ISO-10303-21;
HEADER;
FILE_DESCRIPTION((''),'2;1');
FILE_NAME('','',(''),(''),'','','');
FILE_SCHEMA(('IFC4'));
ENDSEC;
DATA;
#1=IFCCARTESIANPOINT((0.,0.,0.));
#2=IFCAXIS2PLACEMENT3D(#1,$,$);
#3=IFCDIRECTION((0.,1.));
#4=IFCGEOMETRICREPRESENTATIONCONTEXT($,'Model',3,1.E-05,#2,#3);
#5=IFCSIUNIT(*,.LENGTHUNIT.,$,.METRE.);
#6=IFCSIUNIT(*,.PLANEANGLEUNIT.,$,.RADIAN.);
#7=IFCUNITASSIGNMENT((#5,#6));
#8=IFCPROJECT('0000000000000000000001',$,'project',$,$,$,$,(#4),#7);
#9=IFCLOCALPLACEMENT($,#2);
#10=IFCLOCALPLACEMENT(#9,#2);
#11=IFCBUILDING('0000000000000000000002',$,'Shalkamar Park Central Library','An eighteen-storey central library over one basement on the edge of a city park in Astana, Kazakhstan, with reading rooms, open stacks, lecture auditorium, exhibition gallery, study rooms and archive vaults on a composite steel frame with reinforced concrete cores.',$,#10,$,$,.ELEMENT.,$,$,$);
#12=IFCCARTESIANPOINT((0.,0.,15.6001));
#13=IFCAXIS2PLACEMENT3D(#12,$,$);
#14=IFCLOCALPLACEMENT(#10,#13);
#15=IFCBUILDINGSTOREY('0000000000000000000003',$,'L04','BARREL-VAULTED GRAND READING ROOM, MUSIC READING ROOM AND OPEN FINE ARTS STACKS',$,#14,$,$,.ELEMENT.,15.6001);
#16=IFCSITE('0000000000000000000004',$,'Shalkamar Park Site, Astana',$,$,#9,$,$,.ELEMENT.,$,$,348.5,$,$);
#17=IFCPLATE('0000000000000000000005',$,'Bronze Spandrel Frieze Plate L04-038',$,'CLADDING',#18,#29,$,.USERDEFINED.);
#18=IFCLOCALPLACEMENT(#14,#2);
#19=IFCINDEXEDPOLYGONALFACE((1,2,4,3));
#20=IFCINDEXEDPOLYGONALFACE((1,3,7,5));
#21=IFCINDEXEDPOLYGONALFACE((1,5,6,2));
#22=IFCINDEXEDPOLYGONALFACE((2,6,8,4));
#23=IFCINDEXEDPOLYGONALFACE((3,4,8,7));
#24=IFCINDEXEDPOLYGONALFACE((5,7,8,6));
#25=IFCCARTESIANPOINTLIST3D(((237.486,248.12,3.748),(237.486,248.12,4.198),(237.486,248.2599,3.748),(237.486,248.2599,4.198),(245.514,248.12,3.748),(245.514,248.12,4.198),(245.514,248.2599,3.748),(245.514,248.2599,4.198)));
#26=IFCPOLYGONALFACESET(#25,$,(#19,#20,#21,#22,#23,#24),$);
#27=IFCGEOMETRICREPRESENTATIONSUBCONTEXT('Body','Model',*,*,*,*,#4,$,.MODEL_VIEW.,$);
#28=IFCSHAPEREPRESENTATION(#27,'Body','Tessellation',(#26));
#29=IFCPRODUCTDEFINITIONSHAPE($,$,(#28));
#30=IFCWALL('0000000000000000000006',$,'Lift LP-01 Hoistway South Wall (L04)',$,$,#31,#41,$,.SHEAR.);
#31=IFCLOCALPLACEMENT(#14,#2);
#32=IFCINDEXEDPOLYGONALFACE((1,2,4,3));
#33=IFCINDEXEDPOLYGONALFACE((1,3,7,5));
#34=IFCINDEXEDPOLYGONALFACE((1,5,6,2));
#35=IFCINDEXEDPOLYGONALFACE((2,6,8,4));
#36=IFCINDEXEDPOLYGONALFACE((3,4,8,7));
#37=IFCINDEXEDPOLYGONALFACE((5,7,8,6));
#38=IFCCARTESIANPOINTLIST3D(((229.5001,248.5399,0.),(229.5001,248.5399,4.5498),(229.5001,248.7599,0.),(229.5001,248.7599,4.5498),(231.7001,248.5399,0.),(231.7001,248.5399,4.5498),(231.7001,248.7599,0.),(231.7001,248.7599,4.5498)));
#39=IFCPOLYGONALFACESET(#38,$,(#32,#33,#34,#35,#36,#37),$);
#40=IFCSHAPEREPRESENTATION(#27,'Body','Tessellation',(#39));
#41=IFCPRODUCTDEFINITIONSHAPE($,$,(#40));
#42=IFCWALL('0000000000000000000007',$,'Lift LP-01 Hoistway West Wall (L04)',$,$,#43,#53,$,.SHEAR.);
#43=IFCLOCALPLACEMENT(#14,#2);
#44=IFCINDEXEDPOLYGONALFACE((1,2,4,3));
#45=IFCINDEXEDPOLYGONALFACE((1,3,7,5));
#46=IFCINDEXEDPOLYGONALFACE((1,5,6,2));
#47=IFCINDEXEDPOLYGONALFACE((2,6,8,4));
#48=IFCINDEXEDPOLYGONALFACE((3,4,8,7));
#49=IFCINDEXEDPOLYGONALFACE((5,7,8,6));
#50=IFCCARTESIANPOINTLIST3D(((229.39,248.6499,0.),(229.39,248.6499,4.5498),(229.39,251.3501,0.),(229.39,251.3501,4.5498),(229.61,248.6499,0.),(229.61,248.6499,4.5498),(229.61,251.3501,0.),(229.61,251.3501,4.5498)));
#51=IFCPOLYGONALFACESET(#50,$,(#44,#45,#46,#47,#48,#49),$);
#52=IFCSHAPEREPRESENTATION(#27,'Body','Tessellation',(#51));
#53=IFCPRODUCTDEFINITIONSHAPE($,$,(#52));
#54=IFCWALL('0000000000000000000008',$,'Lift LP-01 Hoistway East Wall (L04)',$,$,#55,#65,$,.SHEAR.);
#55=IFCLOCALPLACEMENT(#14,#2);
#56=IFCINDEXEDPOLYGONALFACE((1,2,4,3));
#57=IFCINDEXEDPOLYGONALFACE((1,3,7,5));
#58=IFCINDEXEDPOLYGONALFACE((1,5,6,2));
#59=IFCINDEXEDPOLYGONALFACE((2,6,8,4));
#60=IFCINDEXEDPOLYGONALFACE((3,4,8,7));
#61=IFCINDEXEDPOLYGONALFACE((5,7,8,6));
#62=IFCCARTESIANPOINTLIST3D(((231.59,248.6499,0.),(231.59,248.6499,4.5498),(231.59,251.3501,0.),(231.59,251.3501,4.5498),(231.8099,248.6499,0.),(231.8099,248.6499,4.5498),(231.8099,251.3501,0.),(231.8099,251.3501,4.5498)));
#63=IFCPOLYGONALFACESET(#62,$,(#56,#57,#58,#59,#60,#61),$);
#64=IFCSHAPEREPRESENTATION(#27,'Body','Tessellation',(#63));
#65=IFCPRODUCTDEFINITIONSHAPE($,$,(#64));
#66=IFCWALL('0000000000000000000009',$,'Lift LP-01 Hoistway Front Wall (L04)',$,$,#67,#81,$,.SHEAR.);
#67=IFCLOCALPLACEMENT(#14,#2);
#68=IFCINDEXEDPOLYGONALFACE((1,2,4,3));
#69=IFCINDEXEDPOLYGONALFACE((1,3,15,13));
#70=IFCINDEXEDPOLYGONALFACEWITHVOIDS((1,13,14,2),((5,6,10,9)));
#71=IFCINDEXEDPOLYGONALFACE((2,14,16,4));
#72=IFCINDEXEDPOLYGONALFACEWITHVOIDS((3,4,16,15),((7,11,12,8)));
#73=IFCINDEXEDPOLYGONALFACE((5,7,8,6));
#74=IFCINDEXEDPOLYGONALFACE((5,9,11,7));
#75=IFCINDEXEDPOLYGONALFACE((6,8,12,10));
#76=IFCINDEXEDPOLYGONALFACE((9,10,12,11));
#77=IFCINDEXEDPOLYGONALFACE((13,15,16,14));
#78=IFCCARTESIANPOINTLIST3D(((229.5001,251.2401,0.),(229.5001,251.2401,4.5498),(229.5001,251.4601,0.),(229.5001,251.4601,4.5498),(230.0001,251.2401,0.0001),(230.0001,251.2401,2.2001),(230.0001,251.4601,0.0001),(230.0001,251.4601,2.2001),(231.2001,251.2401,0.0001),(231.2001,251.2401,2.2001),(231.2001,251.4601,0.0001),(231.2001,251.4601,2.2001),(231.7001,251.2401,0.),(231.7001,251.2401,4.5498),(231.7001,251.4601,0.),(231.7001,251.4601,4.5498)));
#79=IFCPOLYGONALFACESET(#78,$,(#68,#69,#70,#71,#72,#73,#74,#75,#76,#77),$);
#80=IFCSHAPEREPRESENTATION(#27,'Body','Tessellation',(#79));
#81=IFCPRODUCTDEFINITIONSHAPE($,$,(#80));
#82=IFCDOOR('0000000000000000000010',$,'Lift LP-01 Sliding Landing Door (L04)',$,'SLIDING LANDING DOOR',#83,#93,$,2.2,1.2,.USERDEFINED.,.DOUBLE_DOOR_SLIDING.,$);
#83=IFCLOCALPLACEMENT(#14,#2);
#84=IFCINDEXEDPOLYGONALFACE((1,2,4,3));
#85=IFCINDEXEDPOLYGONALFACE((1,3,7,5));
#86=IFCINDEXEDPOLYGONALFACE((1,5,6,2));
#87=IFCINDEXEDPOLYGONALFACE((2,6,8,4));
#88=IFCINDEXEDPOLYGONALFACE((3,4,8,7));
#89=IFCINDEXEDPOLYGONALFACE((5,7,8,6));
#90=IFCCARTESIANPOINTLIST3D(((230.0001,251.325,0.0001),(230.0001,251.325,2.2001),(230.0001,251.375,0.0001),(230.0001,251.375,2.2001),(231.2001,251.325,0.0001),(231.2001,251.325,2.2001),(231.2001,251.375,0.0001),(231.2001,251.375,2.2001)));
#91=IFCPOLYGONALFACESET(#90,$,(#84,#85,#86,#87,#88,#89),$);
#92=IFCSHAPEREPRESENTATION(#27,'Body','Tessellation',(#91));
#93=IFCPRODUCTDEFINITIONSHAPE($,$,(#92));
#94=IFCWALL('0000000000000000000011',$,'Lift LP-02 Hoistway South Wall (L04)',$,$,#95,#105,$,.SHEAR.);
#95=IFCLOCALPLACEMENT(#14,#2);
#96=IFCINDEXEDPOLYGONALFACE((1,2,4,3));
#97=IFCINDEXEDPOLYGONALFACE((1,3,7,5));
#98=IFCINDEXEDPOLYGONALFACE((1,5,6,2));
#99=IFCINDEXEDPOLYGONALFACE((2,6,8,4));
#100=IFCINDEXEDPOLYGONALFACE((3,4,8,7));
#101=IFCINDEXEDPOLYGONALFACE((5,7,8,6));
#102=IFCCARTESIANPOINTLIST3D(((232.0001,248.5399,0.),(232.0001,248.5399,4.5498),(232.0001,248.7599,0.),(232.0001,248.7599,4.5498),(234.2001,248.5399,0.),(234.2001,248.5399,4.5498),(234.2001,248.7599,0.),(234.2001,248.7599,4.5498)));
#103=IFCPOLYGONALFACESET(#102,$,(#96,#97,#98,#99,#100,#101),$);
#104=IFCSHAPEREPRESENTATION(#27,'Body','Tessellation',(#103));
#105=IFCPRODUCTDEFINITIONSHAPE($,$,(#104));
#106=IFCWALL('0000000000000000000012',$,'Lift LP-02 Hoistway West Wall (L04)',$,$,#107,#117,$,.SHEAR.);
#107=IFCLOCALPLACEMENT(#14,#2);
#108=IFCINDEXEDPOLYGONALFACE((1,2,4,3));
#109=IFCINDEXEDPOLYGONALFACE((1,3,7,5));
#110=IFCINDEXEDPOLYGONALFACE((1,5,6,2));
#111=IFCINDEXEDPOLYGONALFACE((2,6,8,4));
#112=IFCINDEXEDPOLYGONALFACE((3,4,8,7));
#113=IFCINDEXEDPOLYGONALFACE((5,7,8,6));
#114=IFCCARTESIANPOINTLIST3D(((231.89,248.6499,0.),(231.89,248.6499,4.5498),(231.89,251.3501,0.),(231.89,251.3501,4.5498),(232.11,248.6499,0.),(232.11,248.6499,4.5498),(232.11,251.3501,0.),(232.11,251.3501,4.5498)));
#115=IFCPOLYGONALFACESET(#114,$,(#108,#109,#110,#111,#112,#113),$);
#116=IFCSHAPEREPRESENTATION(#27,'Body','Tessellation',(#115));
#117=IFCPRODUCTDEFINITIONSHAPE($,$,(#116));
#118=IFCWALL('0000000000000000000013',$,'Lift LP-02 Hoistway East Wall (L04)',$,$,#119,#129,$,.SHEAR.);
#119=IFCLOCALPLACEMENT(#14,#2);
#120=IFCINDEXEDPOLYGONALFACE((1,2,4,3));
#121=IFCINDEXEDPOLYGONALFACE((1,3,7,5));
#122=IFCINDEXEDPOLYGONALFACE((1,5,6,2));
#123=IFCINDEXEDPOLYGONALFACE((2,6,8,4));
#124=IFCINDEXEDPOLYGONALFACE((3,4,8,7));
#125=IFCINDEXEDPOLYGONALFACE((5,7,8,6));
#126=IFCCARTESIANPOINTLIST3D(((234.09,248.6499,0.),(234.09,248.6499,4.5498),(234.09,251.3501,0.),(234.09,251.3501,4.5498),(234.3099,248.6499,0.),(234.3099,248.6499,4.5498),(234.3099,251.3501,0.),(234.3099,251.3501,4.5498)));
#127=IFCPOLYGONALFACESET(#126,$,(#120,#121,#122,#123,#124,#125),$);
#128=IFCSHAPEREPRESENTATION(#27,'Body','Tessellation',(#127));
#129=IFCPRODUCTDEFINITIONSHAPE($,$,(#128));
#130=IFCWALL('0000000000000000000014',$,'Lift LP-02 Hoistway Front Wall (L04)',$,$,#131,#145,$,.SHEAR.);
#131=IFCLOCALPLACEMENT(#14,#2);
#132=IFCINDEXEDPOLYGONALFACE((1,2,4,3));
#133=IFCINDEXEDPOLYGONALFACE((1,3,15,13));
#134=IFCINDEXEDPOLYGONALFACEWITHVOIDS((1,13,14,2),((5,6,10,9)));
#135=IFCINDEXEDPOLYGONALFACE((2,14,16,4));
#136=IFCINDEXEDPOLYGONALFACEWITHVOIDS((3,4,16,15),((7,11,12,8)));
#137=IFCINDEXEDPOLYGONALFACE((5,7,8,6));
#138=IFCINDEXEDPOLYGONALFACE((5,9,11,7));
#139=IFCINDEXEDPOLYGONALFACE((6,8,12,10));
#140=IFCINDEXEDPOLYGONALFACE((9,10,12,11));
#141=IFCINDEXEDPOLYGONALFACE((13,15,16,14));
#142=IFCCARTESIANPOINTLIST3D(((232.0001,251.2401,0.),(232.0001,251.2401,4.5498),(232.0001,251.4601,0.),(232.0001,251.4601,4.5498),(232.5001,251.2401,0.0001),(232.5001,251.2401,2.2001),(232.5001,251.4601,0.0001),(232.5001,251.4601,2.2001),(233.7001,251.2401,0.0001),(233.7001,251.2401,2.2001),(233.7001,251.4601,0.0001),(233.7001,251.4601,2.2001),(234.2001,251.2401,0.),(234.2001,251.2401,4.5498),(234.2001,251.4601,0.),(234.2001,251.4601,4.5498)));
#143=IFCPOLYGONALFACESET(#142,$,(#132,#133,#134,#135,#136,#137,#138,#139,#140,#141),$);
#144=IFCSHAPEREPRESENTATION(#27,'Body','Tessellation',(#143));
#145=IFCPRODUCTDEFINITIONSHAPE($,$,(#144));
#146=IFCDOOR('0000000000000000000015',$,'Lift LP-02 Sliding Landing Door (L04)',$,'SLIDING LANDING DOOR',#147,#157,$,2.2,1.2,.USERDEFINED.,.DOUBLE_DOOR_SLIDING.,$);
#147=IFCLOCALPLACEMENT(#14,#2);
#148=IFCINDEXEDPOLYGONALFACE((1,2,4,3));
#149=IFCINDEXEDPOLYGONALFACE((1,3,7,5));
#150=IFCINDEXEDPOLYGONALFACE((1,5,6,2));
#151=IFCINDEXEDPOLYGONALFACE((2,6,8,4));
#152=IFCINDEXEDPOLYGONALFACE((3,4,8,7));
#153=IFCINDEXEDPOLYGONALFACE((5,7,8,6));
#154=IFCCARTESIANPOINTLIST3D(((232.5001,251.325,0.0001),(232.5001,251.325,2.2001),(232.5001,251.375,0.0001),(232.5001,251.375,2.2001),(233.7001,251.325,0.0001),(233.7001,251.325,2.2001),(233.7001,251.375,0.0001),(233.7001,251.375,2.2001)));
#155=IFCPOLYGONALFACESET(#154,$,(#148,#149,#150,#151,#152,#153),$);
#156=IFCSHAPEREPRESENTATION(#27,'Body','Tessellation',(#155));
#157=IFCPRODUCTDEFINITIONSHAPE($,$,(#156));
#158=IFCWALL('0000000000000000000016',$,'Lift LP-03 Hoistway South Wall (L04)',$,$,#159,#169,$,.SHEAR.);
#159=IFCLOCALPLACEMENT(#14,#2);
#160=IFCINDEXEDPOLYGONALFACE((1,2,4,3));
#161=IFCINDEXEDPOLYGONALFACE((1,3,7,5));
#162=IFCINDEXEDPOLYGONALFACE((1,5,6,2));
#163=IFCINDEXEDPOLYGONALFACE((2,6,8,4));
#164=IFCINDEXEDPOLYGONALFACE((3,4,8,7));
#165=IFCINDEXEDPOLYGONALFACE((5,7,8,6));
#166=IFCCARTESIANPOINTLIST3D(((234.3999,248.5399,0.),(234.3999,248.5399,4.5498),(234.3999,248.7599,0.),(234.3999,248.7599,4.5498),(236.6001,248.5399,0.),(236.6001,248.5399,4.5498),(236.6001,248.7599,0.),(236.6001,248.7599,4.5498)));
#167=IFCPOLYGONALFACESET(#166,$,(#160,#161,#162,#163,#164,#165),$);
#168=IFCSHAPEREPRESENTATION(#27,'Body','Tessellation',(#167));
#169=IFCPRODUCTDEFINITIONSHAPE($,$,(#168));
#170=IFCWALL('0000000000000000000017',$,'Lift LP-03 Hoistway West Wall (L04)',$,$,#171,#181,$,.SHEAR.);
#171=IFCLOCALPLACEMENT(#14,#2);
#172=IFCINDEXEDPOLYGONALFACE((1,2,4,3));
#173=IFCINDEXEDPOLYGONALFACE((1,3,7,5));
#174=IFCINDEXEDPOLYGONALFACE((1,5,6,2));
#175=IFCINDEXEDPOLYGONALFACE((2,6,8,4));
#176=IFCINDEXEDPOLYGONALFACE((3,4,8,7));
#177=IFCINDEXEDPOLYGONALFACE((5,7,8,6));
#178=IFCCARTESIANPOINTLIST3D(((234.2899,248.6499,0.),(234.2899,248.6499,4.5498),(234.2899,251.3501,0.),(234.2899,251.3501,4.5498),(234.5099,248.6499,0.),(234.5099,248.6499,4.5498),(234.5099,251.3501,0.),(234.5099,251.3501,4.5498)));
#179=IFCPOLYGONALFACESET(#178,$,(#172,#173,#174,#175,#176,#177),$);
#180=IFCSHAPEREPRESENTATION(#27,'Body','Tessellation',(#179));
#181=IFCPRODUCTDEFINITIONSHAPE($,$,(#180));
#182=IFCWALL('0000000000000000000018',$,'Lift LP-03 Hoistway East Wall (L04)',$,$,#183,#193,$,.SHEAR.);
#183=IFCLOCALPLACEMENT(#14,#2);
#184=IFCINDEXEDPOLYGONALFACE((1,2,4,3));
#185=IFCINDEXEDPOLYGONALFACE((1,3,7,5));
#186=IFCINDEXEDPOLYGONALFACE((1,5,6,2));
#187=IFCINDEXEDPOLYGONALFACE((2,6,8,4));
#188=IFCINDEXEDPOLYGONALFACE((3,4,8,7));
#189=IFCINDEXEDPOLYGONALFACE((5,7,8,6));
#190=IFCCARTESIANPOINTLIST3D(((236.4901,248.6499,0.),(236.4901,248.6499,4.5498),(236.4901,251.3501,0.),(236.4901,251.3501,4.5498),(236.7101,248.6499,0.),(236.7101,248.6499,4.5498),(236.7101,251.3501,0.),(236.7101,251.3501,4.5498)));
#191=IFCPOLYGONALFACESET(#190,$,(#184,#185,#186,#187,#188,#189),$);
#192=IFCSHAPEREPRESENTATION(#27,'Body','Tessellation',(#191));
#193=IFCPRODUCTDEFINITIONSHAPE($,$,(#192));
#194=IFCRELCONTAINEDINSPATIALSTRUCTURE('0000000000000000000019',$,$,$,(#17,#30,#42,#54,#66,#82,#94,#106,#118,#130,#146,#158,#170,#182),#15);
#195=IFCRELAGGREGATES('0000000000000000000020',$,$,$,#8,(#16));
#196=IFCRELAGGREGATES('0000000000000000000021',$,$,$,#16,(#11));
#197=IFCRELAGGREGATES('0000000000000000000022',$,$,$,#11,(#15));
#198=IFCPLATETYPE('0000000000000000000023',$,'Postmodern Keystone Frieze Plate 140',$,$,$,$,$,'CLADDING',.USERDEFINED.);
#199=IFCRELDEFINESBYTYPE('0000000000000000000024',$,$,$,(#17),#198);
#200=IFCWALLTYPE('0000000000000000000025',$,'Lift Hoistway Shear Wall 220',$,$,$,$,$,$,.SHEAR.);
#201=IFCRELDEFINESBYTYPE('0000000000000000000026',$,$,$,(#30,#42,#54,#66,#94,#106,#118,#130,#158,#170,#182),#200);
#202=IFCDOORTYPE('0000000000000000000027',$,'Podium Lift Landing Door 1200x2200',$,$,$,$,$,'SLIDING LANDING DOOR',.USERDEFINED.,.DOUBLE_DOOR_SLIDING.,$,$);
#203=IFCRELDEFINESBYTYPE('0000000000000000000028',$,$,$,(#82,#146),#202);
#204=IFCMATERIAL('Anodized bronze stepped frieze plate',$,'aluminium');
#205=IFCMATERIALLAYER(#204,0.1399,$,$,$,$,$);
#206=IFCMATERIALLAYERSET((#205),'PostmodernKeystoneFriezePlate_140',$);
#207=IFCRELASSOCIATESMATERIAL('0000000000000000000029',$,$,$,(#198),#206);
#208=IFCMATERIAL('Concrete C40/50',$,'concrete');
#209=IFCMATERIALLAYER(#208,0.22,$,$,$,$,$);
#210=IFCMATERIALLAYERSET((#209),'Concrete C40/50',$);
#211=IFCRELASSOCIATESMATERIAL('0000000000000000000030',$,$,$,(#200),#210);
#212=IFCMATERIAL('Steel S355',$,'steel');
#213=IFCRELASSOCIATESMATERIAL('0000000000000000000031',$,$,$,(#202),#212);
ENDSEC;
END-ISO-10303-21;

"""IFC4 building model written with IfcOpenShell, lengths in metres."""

from ifc_helpers import new_model, si_unit, direction, frame, frame_2d, origin, origin_2d, place, context, subcontext, project, spatial, rectangle, extrude, material, layer, layer_set, type_object, element, fill, save


model = new_model("IFC4")

# Units and contexts
model_context = context("Model", 3, precision=1e-05, world=origin(), true_north=direction((0.0, 1.0)))
body_context = subcontext(model_context, "Body", "Model", "MODEL_VIEW")
ifc_project = project(units=[si_unit("LENGTHUNIT", "METRE"), si_unit("PLANEANGLEUNIT", "RADIAN")], contexts=[model_context])

# Site, building, storey
site_placement = place(None, origin())
site = spatial("IfcSite", under=ifc_project, at=site_placement, Name="Shalkamar Park Site, Astana", CompositionType="ELEMENT", RefElevation=348.5)
building_placement = place(site_placement, origin())
building = spatial("IfcBuilding", under=site, at=building_placement, Name="Shalkamar Park Central Library", Description="An eighteen-storey central library over one basement on the edge of a city park in Astana, Kazakhstan, with reading rooms, open stacks, lecture auditorium, exhibition gallery, study rooms and archive vaults on a composite steel frame with reinforced concrete cores.", CompositionType="ELEMENT")
storey_placement = place(building_placement, frame((0.0, 0.0, 15.6001)))
storey = spatial("IfcBuildingStorey", under=building, at=storey_placement, Name="L04", Description="BARREL-VAULTED GRAND READING ROOM, MUSIC READING ROOM AND OPEN FINE ARTS STACKS", CompositionType="ELEMENT", Elevation=15.6001)

# Shared definitions
ifc_material_1 = material(Name="Steel S355", Category="steel")

# Plate
ifc_material_2 = material(Name="Anodized bronze stepped frieze plate", Category="aluminium")
ifc_layer_1 = layer(ifc_material_2, 0.1399)
ifc_layer_set_1 = layer_set([ifc_layer_1], Name="PostmodernKeystoneFriezePlate_140")
plate_type = type_object("IfcPlateType", Name="Postmodern Keystone Frieze Plate 140", ElementType="CLADDING", PredefinedType="USERDEFINED", material=ifc_layer_set_1)
plate_placement = place(storey_placement, frame((241.5, 248.1899, 3.748), z_axis=(0.0, 0.0, 1.0), x_axis=(1.0, 0.0, 0.0)))
element("IfcPlate", 1, at=plate_placement, inside=storey, type_object=plate_type, Name="Bronze Spandrel Frieze Plate L04-038", ObjectType="CLADDING", PredefinedType="USERDEFINED", context=body_context, shape_type="SweptSolid", body=[
    extrude(rectangle(XDim=8.0281, YDim=0.1399, at=origin_2d()), origin(), (0.0, 0.0, 1.0), 0.45),
])

# Walls
ifc_material_3 = material(Name="Concrete C40/50", Category="concrete")
ifc_layer_2 = layer(ifc_material_3, 0.22)
ifc_layer_set_2 = layer_set([ifc_layer_2], Name="Concrete C40/50")
wall_type_1 = type_object("IfcWallType", Name="Lift Hoistway Shear Wall 220", PredefinedType="SHEAR", material=ifc_layer_set_2)
wall_1_placement = place(storey_placement, frame((229.5, 248.6499, 0.0), z_axis=(0.0, 0.0, 1.0), x_axis=(1.0, 0.0, 0.0)))
element("IfcWall", 2, at=wall_1_placement, inside=storey, type_object=wall_type_1, Name="Lift LP-01 Hoistway South Wall (L04)", PredefinedType="SHEAR", context=body_context, shape_type="SweptSolid", body=[
    extrude(rectangle(XDim=2.2, YDim=0.22, at=frame_2d((1.1001, 0.0))), origin(), (0.0, 0.0, 1.0), 4.5498),
])
for number, where, z_axis, x_axis, name in (
    (3, (229.5, 248.6499, 0.0), (0.0, 0.0, 1.0), (0.0, 1.0, 0.0), "Lift LP-01 Hoistway West Wall (L04)"),
    (4, (231.7, 248.6499, 0.0), (0.0, 0.0, 1.0), (0.0, 1.0, 0.0), "Lift LP-01 Hoistway East Wall (L04)"),
):
    element("IfcWall", number, at=place(storey_placement, frame(where, z_axis=z_axis, x_axis=x_axis)), inside=storey, type_object=wall_type_1, Name=name, PredefinedType="SHEAR", context=body_context, shape_type="SweptSolid", body=[
        extrude(rectangle(XDim=2.7002, YDim=0.22, at=frame_2d((1.3501, 0.0))), origin(), (0.0, 0.0, 1.0), 4.5498),
    ])

# Wall, opening, door
wall_2_placement = place(storey_placement, frame((229.5, 251.3501, 0.0), z_axis=(0.0, 0.0, 1.0), x_axis=(1.0, 0.0, 0.0)))
wall_2 = element("IfcWall", 5, at=wall_2_placement, inside=storey, type_object=wall_type_1, Name="Lift LP-01 Hoistway Front Wall (L04)", PredefinedType="SHEAR", context=body_context, shape_type="SweptSolid", body=[
    extrude(rectangle(XDim=2.2, YDim=0.22, at=frame_2d((1.1001, 0.0))), origin(), (0.0, 0.0, 1.0), 4.5498),
])
opening_1_placement = place(wall_2_placement, frame((0.5, 0.0, 0.0)))
opening_1 = element("IfcOpeningElement", 6, at=opening_1_placement, cuts=wall_2, PredefinedType="OPENING", context=body_context, shape_type="SweptSolid", body=[
    extrude(rectangle(XDim=1.2, YDim=2.2, at=frame_2d((0.6001, 1.1001))), frame((0.0, 0.125, 0.0), z_axis=(0.0, -1.0, 0.0), x_axis=(1.0, 0.0, 0.0)), (0.0, 0.0, 1.0), 0.2498),
])
door_type = type_object("IfcDoorType", Name="Podium Lift Landing Door 1200x2200", ElementType="SLIDING LANDING DOOR", OperationType="DOUBLE_DOOR_SLIDING", PredefinedType="USERDEFINED", material=ifc_material_1)
door_1_placement = place(opening_1_placement, origin())
door_1 = element("IfcDoor", 7, at=door_1_placement, inside=storey, type_object=door_type, Name="Lift LP-01 Sliding Landing Door (L04)", ObjectType="SLIDING LANDING DOOR", OperationType="DOUBLE_DOOR_SLIDING", OverallHeight=2.2, OverallWidth=1.2, PredefinedType="USERDEFINED", context=body_context, shape_type="SweptSolid", body=[
    extrude(rectangle(XDim=1.2, YDim=2.2, at=frame_2d((0.6001, 1.1001))), frame((0.0, 0.0249, 0.0), z_axis=(0.0, -1.0, 0.0), x_axis=(1.0, 0.0, 0.0)), (0.0, 0.0, 1.0), 0.05),
])
fill(opening_1, door_1)

# Walls
wall_3_placement = place(storey_placement, frame((232.0, 248.6499, 0.0), z_axis=(0.0, 0.0, 1.0), x_axis=(1.0, 0.0, 0.0)))
element("IfcWall", 8, at=wall_3_placement, inside=storey, type_object=wall_type_1, Name="Lift LP-02 Hoistway South Wall (L04)", PredefinedType="SHEAR", context=body_context, shape_type="SweptSolid", body=[
    extrude(rectangle(XDim=2.2, YDim=0.22, at=frame_2d((1.1001, 0.0))), origin(), (0.0, 0.0, 1.0), 4.5498),
])
for number, where, z_axis, x_axis, name in (
    (9, (232.0, 248.6499, 0.0), (0.0, 0.0, 1.0), (0.0, 1.0, 0.0), "Lift LP-02 Hoistway West Wall (L04)"),
    (10, (234.2, 248.6499, 0.0), (0.0, 0.0, 1.0), (0.0, 1.0, 0.0), "Lift LP-02 Hoistway East Wall (L04)"),
):
    element("IfcWall", number, at=place(storey_placement, frame(where, z_axis=z_axis, x_axis=x_axis)), inside=storey, type_object=wall_type_1, Name=name, PredefinedType="SHEAR", context=body_context, shape_type="SweptSolid", body=[
        extrude(rectangle(XDim=2.7002, YDim=0.22, at=frame_2d((1.3501, 0.0))), origin(), (0.0, 0.0, 1.0), 4.5498),
    ])

# Wall, opening, door
wall_4_placement = place(storey_placement, frame((232.0, 251.3501, 0.0), z_axis=(0.0, 0.0, 1.0), x_axis=(1.0, 0.0, 0.0)))
wall_4 = element("IfcWall", 11, at=wall_4_placement, inside=storey, type_object=wall_type_1, Name="Lift LP-02 Hoistway Front Wall (L04)", PredefinedType="SHEAR", context=body_context, shape_type="SweptSolid", body=[
    extrude(rectangle(XDim=2.2, YDim=0.22, at=frame_2d((1.1001, 0.0))), origin(), (0.0, 0.0, 1.0), 4.5498),
])
opening_2_placement = place(wall_4_placement, frame((0.5, 0.0, 0.0)))
opening_2 = element("IfcOpeningElement", 12, at=opening_2_placement, cuts=wall_4, PredefinedType="OPENING", context=body_context, shape_type="SweptSolid", body=[
    extrude(rectangle(XDim=1.2, YDim=2.2, at=frame_2d((0.6001, 1.1001))), frame((0.0, 0.125, 0.0), z_axis=(0.0, -1.0, 0.0), x_axis=(1.0, 0.0, 0.0)), (0.0, 0.0, 1.0), 0.2498),
])
door_2_placement = place(opening_2_placement, origin())
door_2 = element("IfcDoor", 13, at=door_2_placement, inside=storey, type_object=door_type, Name="Lift LP-02 Sliding Landing Door (L04)", ObjectType="SLIDING LANDING DOOR", OperationType="DOUBLE_DOOR_SLIDING", OverallHeight=2.2, OverallWidth=1.2, PredefinedType="USERDEFINED", context=body_context, shape_type="SweptSolid", body=[
    extrude(rectangle(XDim=1.2, YDim=2.2, at=frame_2d((0.6001, 1.1001))), frame((0.0, 0.0249, 0.0), z_axis=(0.0, -1.0, 0.0), x_axis=(1.0, 0.0, 0.0)), (0.0, 0.0, 1.0), 0.05),
])
fill(opening_2, door_2)

# Walls
wall_5_placement = place(storey_placement, frame((234.3999, 248.6499, 0.0), z_axis=(0.0, 0.0, 1.0), x_axis=(1.0, 0.0, 0.0)))
element("IfcWall", 14, at=wall_5_placement, inside=storey, type_object=wall_type_1, Name="Lift LP-03 Hoistway South Wall (L04)", PredefinedType="SHEAR", context=body_context, shape_type="SweptSolid", body=[
    extrude(rectangle(XDim=2.2002, YDim=0.22, at=frame_2d((1.1001, 0.0))), origin(), (0.0, 0.0, 1.0), 4.5498),
])
for number, where, z_axis, x_axis, name in (
    (15, (234.3999, 248.6499, 0.0), (0.0, 0.0, 1.0), (0.0, 1.0, 0.0), "Lift LP-03 Hoistway West Wall (L04)"),
    (16, (236.6001, 248.6499, 0.0), (0.0, 0.0, 1.0), (0.0, 1.0, 0.0), "Lift LP-03 Hoistway East Wall (L04)"),
):
    element("IfcWall", number, at=place(storey_placement, frame(where, z_axis=z_axis, x_axis=x_axis)), inside=storey, type_object=wall_type_1, Name=name, PredefinedType="SHEAR", context=body_context, shape_type="SweptSolid", body=[
        extrude(rectangle(XDim=2.7002, YDim=0.22, at=frame_2d((1.3501, 0.0))), origin(), (0.0, 0.0, 1.0), 4.5498),
    ])

save(model, "model.ifc")
